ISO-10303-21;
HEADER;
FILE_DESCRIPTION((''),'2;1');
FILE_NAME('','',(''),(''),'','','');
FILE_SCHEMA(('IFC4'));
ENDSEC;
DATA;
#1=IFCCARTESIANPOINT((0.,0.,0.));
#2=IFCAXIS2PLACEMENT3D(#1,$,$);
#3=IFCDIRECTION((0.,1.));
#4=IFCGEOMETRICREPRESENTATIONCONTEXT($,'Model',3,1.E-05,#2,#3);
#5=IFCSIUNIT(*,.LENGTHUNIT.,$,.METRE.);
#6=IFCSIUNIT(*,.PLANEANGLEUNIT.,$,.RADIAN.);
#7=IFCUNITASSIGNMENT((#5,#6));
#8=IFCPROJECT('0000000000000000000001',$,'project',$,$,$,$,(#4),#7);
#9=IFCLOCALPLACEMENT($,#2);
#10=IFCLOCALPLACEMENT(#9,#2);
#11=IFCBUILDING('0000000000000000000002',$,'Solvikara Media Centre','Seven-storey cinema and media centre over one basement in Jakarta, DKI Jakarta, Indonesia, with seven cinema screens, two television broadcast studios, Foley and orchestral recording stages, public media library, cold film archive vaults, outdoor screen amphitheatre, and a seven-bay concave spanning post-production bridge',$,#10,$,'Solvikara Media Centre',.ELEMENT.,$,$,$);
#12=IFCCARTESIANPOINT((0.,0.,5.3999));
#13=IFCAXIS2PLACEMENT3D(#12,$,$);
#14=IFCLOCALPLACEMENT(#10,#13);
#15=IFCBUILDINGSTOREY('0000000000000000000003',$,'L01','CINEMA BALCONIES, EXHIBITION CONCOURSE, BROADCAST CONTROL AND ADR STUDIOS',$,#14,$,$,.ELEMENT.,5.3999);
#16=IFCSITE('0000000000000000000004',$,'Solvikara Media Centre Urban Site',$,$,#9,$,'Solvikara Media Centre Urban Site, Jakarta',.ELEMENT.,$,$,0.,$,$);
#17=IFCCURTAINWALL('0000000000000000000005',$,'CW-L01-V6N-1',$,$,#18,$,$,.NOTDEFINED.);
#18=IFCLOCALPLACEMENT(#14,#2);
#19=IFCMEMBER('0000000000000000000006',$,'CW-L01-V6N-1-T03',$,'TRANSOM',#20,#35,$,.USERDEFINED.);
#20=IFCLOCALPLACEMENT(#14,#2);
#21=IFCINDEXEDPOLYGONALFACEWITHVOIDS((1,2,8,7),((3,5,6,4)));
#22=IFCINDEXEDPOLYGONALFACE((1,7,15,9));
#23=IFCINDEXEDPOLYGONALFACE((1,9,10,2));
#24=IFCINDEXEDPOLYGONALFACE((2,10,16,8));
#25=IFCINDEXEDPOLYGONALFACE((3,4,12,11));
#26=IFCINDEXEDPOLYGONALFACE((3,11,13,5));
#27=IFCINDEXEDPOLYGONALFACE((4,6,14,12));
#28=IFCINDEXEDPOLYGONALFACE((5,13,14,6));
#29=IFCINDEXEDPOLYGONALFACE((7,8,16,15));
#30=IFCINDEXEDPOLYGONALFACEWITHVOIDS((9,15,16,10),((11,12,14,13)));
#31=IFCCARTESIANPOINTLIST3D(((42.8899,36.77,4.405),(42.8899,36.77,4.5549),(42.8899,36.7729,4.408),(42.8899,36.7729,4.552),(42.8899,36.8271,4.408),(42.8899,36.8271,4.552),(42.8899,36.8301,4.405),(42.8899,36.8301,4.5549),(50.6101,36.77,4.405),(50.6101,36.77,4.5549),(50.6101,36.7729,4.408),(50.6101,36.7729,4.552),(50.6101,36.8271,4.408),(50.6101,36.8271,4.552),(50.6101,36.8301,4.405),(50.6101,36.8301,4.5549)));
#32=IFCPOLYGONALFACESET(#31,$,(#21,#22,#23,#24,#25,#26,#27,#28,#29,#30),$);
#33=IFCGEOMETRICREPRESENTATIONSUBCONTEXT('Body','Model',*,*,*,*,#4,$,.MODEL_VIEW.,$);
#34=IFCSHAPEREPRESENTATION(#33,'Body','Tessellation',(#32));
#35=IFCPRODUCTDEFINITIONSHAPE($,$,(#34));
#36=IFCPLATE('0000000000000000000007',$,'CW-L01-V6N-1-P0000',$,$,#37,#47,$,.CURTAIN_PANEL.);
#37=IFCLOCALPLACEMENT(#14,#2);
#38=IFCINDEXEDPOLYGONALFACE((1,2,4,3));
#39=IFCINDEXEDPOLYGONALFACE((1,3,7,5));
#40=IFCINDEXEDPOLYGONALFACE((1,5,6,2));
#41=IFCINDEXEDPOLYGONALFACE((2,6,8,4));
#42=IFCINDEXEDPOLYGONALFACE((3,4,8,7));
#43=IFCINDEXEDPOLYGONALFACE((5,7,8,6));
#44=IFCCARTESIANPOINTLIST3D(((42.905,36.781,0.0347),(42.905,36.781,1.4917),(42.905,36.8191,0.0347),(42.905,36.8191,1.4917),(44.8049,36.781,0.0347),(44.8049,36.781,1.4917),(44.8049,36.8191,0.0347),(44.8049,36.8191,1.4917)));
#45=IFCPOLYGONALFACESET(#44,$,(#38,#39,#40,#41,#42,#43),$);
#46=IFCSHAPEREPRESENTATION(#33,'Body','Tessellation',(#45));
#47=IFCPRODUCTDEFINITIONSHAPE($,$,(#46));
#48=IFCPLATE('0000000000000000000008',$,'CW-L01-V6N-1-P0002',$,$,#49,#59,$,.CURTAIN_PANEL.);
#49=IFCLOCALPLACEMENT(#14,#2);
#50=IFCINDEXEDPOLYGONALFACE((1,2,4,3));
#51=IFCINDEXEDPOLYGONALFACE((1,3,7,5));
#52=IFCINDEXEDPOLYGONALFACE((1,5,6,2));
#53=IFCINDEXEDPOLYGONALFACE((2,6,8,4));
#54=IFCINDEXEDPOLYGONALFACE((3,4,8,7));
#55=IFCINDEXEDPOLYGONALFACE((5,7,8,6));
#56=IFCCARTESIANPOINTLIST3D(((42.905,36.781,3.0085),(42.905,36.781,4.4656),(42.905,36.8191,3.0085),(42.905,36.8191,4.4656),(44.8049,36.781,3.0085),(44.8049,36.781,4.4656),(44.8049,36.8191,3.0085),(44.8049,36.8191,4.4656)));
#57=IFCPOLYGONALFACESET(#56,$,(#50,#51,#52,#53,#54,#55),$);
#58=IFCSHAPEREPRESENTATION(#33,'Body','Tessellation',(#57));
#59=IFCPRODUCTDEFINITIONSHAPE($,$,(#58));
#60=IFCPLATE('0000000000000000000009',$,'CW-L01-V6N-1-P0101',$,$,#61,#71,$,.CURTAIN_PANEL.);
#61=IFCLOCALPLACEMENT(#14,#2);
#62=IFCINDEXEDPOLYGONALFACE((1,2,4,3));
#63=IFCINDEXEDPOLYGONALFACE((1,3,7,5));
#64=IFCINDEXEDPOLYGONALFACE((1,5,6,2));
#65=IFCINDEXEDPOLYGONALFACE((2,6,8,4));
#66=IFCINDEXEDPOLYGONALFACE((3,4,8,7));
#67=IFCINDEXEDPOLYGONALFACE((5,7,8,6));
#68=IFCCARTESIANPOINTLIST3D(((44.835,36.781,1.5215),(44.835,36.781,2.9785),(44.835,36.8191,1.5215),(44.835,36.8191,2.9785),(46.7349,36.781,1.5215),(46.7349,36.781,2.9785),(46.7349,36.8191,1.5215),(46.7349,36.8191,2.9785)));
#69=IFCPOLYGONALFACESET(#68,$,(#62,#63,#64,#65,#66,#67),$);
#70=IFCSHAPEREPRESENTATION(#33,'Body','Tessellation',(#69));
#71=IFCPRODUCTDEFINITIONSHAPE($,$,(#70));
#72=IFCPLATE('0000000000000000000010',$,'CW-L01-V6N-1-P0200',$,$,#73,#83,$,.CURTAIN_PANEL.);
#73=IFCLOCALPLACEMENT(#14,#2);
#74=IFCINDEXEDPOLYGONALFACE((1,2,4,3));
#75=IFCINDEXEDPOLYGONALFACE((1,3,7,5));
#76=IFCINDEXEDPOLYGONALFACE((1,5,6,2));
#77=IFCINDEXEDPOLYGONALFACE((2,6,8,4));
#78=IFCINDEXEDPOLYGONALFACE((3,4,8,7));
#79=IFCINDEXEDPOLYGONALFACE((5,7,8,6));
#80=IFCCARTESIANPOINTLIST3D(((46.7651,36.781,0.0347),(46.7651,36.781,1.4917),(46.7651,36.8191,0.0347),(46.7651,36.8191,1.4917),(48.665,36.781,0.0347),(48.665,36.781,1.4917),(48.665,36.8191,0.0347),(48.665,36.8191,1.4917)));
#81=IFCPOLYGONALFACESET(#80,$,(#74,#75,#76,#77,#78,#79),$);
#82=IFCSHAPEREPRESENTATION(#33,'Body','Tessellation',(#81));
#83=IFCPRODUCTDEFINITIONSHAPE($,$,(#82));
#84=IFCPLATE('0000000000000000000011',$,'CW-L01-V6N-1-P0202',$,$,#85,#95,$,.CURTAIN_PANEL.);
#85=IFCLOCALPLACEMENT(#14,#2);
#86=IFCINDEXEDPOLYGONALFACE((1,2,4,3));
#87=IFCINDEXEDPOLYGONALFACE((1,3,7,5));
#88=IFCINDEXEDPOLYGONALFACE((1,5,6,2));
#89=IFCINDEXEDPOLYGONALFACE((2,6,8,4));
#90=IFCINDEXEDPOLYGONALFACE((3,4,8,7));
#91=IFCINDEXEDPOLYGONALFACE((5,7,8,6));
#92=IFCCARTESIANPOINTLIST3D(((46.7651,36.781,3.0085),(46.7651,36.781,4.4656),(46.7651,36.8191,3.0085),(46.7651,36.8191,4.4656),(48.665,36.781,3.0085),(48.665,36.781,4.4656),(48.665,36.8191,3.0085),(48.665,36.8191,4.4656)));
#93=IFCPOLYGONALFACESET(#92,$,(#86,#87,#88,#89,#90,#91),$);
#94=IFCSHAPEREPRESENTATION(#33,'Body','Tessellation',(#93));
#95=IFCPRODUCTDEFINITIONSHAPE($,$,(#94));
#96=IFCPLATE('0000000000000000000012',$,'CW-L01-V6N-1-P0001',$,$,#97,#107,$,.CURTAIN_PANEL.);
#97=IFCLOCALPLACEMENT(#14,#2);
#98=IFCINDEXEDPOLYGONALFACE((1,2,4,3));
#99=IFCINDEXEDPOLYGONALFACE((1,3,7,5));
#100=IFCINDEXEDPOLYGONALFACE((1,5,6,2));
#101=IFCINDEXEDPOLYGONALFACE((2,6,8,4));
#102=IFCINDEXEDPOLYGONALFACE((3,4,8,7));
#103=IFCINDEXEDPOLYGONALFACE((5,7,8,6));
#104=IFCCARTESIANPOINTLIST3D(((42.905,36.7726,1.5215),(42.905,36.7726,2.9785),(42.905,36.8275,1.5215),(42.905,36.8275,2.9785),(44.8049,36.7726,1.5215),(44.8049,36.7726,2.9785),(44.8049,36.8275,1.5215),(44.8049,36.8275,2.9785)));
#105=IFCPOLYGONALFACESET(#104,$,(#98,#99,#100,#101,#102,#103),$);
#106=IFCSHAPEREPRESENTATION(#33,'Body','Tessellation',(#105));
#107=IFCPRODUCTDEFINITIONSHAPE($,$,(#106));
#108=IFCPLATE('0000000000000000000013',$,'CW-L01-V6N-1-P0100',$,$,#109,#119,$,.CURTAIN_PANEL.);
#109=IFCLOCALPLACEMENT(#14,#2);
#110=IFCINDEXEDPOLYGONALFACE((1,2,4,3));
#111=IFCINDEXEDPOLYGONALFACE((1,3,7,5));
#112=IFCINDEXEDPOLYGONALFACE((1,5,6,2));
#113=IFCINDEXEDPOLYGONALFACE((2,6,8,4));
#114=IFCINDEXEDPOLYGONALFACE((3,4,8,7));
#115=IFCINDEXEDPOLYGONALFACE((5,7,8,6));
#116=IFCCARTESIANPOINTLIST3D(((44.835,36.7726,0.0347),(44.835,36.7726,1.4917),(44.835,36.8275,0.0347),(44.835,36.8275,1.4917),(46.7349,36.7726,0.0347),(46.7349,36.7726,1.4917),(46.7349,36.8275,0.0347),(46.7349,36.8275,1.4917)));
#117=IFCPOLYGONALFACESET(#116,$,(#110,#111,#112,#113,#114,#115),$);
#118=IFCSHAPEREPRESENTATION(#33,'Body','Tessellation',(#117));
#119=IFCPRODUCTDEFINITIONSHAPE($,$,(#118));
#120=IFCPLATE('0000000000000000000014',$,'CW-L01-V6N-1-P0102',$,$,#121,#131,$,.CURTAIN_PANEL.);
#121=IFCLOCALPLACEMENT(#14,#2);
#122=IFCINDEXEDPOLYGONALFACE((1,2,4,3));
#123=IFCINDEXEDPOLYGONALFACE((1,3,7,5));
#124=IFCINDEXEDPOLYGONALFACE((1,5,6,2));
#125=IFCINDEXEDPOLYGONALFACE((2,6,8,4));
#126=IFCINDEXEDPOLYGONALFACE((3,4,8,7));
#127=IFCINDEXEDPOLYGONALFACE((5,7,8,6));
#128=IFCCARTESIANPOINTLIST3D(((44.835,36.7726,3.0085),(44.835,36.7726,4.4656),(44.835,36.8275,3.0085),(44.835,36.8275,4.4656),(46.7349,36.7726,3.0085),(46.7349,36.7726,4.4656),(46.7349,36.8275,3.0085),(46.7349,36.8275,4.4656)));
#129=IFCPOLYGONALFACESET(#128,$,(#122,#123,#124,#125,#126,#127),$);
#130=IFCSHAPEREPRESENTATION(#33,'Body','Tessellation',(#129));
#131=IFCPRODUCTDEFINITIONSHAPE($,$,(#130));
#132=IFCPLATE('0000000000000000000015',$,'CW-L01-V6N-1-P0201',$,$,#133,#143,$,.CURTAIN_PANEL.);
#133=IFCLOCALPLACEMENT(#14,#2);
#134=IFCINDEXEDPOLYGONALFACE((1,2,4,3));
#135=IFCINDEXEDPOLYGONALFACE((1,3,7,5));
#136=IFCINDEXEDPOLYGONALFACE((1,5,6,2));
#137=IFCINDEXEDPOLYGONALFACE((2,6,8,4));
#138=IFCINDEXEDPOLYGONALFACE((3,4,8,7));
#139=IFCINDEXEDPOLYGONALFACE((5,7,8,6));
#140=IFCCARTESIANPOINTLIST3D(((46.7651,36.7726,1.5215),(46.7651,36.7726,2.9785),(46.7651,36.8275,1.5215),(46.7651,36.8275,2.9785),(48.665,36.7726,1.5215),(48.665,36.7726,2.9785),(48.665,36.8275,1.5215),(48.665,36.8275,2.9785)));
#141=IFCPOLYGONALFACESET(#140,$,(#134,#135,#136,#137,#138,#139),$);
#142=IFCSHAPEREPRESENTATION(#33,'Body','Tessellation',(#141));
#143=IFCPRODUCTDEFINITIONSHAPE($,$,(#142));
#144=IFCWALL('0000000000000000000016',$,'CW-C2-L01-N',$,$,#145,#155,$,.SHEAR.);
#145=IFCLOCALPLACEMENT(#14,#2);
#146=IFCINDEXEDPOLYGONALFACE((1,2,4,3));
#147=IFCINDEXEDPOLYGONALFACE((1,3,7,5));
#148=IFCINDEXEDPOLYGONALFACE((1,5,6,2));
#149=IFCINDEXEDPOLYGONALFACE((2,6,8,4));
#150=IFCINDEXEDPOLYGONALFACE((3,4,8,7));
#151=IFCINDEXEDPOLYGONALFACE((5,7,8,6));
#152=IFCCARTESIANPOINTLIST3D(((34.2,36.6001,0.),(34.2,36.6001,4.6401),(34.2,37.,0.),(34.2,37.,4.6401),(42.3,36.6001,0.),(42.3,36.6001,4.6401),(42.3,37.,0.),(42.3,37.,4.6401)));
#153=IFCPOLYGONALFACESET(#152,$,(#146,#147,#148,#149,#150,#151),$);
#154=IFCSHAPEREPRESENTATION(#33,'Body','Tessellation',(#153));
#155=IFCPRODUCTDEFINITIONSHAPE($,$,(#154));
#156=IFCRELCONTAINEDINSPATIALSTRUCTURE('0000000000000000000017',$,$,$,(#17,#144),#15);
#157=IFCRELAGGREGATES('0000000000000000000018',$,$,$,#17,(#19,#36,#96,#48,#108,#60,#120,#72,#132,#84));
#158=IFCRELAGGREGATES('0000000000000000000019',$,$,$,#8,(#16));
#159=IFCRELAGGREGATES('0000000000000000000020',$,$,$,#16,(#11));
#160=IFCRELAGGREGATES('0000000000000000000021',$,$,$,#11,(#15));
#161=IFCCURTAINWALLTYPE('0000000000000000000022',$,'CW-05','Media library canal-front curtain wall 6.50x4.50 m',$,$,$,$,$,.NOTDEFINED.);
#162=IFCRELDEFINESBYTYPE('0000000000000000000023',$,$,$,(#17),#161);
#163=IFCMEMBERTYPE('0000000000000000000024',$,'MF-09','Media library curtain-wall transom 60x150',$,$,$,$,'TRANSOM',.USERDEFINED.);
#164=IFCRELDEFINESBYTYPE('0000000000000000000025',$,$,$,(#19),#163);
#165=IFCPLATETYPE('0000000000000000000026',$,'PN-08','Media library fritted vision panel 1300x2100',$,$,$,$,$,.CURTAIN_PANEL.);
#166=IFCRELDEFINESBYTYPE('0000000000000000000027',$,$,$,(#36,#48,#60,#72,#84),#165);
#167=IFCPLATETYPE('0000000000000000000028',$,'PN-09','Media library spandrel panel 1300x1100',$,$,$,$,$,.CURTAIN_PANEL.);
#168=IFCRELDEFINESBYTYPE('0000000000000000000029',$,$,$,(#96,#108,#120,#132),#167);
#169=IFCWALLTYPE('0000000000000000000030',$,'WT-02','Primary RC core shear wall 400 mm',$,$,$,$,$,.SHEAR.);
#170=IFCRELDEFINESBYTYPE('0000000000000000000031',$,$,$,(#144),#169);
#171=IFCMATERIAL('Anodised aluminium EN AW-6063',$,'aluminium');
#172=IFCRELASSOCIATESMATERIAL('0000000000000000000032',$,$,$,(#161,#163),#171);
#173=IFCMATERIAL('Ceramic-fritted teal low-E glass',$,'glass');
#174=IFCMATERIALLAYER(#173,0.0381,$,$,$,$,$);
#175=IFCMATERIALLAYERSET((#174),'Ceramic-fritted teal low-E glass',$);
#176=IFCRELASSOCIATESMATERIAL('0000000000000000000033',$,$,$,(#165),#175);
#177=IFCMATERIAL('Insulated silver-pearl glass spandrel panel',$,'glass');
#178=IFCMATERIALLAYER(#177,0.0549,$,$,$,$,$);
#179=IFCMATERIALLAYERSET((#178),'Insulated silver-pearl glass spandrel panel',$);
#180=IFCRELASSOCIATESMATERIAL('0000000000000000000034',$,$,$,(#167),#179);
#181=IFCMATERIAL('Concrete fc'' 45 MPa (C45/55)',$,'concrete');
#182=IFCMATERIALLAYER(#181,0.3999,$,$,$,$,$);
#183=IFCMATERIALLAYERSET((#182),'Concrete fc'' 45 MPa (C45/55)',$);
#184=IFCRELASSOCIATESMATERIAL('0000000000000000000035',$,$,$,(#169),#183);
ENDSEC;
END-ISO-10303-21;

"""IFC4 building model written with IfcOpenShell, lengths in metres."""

from ifc_helpers import new_model, si_unit, direction, frame, frame_2d, origin, origin_2d, place, context, subcontext, project, spatial, rectangle, hollow_rectangle, extrude, material, layer, layer_set, material_profile, profile_set, type_object, element, aggregate, save


model = new_model("IFC4")

# Units and contexts
model_context = context("Model", 3, precision=1e-05, world=origin(), true_north=direction((0.0, 1.0)))
body_context = subcontext(model_context, "Body", "Model", "MODEL_VIEW")
ifc_project = project(units=[si_unit("LENGTHUNIT", "METRE"), si_unit("PLANEANGLEUNIT", "RADIAN")], contexts=[model_context])

# Site, building, storey
site_placement = place(None, origin())
site = spatial("IfcSite", under=ifc_project, at=site_placement, Name="Solvikara Media Centre Urban Site", LongName="Solvikara Media Centre Urban Site, Jakarta", CompositionType="ELEMENT", RefElevation=0.0)
building_placement = place(site_placement, origin())
building = spatial("IfcBuilding", under=site, at=building_placement, Name="Solvikara Media Centre", Description="Seven-storey cinema and media centre over one basement in Jakarta, DKI Jakarta, Indonesia, with seven cinema screens, two television broadcast studios, Foley and orchestral recording stages, public media library, cold film archive vaults, outdoor screen amphitheatre, and a seven-bay concave spanning post-production bridge", LongName="Solvikara Media Centre", CompositionType="ELEMENT")
storey_placement = place(building_placement, frame((0.0, 0.0, 5.3999)))
storey = spatial("IfcBuildingStorey", under=building, at=storey_placement, Name="L01", Description="CINEMA BALCONIES, EXHIBITION CONCOURSE, BROADCAST CONTROL AND ADR STUDIOS", CompositionType="ELEMENT", Elevation=5.3999)

# Shared definitions
ifc_material_1 = material(Name="Concrete fc' 45 MPa (C45/55)", Category="concrete")

# Curtain wall, member, plates
ifc_material_2 = material(Name="Anodised aluminium EN AW-6063", Category="aluminium")
curtain_wall_type = type_object("IfcCurtainWallType", Name="CW-05", Description="Media library canal-front curtain wall 6.50x4.50 m", PredefinedType="NOTDEFINED", material=ifc_material_2)
curtain_wall_placement = place(storey_placement, origin())
curtain_wall = element("IfcCurtainWall", 1, at=curtain_wall_placement, inside=storey, type_object=curtain_wall_type, Name="CW-L01-V6N-1", PredefinedType="NOTDEFINED")
ifc_material_profile_1 = material_profile(ifc_material_2, hollow_rectangle(XDim=0.0601, YDim=0.1499, WallThickness=0.0029, at=origin_2d()), Name="ALU-T 60x150x3")
ifc_profile_set_1 = profile_set([ifc_material_profile_1], Name="Anodised aluminium EN AW-6063")
member_type_1 = type_object("IfcMemberType", Name="MF-09", Description="Media library curtain-wall transom 60x150", ElementType="TRANSOM", PredefinedType="USERDEFINED", material=ifc_profile_set_1)
member_1_placement = place(storey_placement, frame((42.8899, 36.8, 4.48), z_axis=(1.0, 0.0, 0.0), x_axis=(0.0, 1.0, 0.0)))
member_1 = element("IfcMember", 2, at=member_1_placement, type_object=member_type_1, Name="CW-L01-V6N-1-T03", ObjectType="TRANSOM", PredefinedType="USERDEFINED", context=body_context, shape_type="SweptSolid", body=[
    extrude(hollow_rectangle(XDim=0.0601, YDim=0.1499, WallThickness=0.0029, at=origin_2d()), origin(), (0.0, 0.0, 1.0), 7.7202),
])
ifc_material_3 = material(Name="Ceramic-fritted teal low-E glass", Category="glass")
ifc_layer_1 = layer(ifc_material_3, 0.0381)
ifc_layer_set_1 = layer_set([ifc_layer_1], Name="Ceramic-fritted teal low-E glass")
plate_type_1 = type_object("IfcPlateType", Name="PN-08", Description="Media library fritted vision panel 1300x2100", PredefinedType="CURTAIN_PANEL", material=ifc_layer_set_1)
plate_1_placement = place(storey_placement, frame((43.855, 36.8, 0.0347), z_axis=(0.0, 0.0, 1.0), x_axis=(1.0, 0.0, 0.0)))
plate_1 = element("IfcPlate", 3, at=plate_1_placement, type_object=plate_type_1, Name="CW-L01-V6N-1-P0000", PredefinedType="CURTAIN_PANEL", context=body_context, shape_type="SweptSolid", body=[
    extrude(rectangle(XDim=1.8999, YDim=0.0381, at=origin_2d()), origin(), (0.0, 0.0, 1.0), 1.457),
])
plate_2_placement = place(storey_placement, frame((43.855, 36.8, 3.0085), z_axis=(0.0, 0.0, 1.0), x_axis=(1.0, 0.0, 0.0)))
plate_2 = element("IfcPlate", 4, at=plate_2_placement, type_object=plate_type_1, Name="CW-L01-V6N-1-P0002", PredefinedType="CURTAIN_PANEL", context=body_context, shape_type="SweptSolid", body=[
    extrude(rectangle(XDim=1.8999, YDim=0.0381, at=origin_2d()), origin(), (0.0, 0.0, 1.0), 1.457),
])
plate_3_placement = place(storey_placement, frame((45.7849, 36.8, 1.5215), z_axis=(0.0, 0.0, 1.0), x_axis=(1.0, 0.0, 0.0)))
plate_3 = element("IfcPlate", 5, at=plate_3_placement, type_object=plate_type_1, Name="CW-L01-V6N-1-P0101", PredefinedType="CURTAIN_PANEL", context=body_context, shape_type="SweptSolid", body=[
    extrude(rectangle(XDim=1.8999, YDim=0.0381, at=origin_2d()), origin(), (0.0, 0.0, 1.0), 1.457),
])
plate_4_placement = place(storey_placement, frame((47.7151, 36.8, 0.0347), z_axis=(0.0, 0.0, 1.0), x_axis=(1.0, 0.0, 0.0)))
plate_4 = element("IfcPlate", 6, at=plate_4_placement, type_object=plate_type_1, Name="CW-L01-V6N-1-P0200", PredefinedType="CURTAIN_PANEL", context=body_context, shape_type="SweptSolid", body=[
    extrude(rectangle(XDim=1.8999, YDim=0.0381, at=origin_2d()), origin(), (0.0, 0.0, 1.0), 1.457),
])
plate_5_placement = place(storey_placement, frame((47.7151, 36.8, 3.0085), z_axis=(0.0, 0.0, 1.0), x_axis=(1.0, 0.0, 0.0)))
plate_5 = element("IfcPlate", 7, at=plate_5_placement, type_object=plate_type_1, Name="CW-L01-V6N-1-P0202", PredefinedType="CURTAIN_PANEL", context=body_context, shape_type="SweptSolid", body=[
    extrude(rectangle(XDim=1.8999, YDim=0.0381, at=origin_2d()), origin(), (0.0, 0.0, 1.0), 1.457),
])
ifc_material_4 = material(Name="Insulated silver-pearl glass spandrel panel", Category="glass")
ifc_layer_2 = layer(ifc_material_4, 0.0549)
ifc_layer_set_2 = layer_set([ifc_layer_2], Name="Insulated silver-pearl glass spandrel panel")
plate_type_2 = type_object("IfcPlateType", Name="PN-09", Description="Media library spandrel panel 1300x1100", PredefinedType="CURTAIN_PANEL", material=ifc_layer_set_2)
plate_6_placement = place(storey_placement, frame((43.855, 36.8, 1.5215), z_axis=(0.0, 0.0, 1.0), x_axis=(1.0, 0.0, 0.0)))
plate_6 = element("IfcPlate", 8, at=plate_6_placement, type_object=plate_type_2, Name="CW-L01-V6N-1-P0001", PredefinedType="CURTAIN_PANEL", context=body_context, shape_type="SweptSolid", body=[
    extrude(rectangle(XDim=1.8999, YDim=0.0549, at=origin_2d()), origin(), (0.0, 0.0, 1.0), 1.457),
])
plate_7_placement = place(storey_placement, frame((45.7849, 36.8, 0.0347), z_axis=(0.0, 0.0, 1.0), x_axis=(1.0, 0.0, 0.0)))
plate_7 = element("IfcPlate", 9, at=plate_7_placement, type_object=plate_type_2, Name="CW-L01-V6N-1-P0100", PredefinedType="CURTAIN_PANEL", context=body_context, shape_type="SweptSolid", body=[
    extrude(rectangle(XDim=1.8999, YDim=0.0549, at=origin_2d()), origin(), (0.0, 0.0, 1.0), 1.457),
])
plate_8_placement = place(storey_placement, frame((45.7849, 36.8, 3.0085), z_axis=(0.0, 0.0, 1.0), x_axis=(1.0, 0.0, 0.0)))
plate_8 = element("IfcPlate", 10, at=plate_8_placement, type_object=plate_type_2, Name="CW-L01-V6N-1-P0102", PredefinedType="CURTAIN_PANEL", context=body_context, shape_type="SweptSolid", body=[
    extrude(rectangle(XDim=1.8999, YDim=0.0549, at=origin_2d()), origin(), (0.0, 0.0, 1.0), 1.457),
])
plate_9_placement = place(storey_placement, frame((47.7151, 36.8, 1.5215), z_axis=(0.0, 0.0, 1.0), x_axis=(1.0, 0.0, 0.0)))
plate_9 = element("IfcPlate", 11, at=plate_9_placement, type_object=plate_type_2, Name="CW-L01-V6N-1-P0201", PredefinedType="CURTAIN_PANEL", context=body_context, shape_type="SweptSolid", body=[
    extrude(rectangle(XDim=1.8999, YDim=0.0549, at=origin_2d()), origin(), (0.0, 0.0, 1.0), 1.457),
])
aggregate(curtain_wall, [member_1, plate_1, plate_6, plate_2, plate_7, plate_3, plate_8, plate_4, plate_9, plate_5])

# Wall
ifc_layer_3 = layer(ifc_material_1, 0.3999)
ifc_layer_set_3 = layer_set([ifc_layer_3], Name="Concrete fc' 45 MPa (C45/55)")
wall_type = type_object("IfcWallType", Name="WT-02", Description="Primary RC core shear wall 400 mm", PredefinedType="SHEAR", material=ifc_layer_set_3)
wall_placement = place(storey_placement, frame((34.2, 36.8, 0.0), z_axis=(0.0, 0.0, 1.0), x_axis=(1.0, 0.0, 0.0)))
element("IfcWall", 12, at=wall_placement, inside=storey, type_object=wall_type, Name="CW-C2-L01-N", PredefinedType="SHEAR", context=body_context, shape_type="SweptSolid", body=[
    extrude(rectangle(XDim=8.1001, YDim=0.3999, at=frame_2d((4.05, 0.0))), origin(), (0.0, 0.0, 1.0), 4.6401),
])

save(model, "model.ifc")
